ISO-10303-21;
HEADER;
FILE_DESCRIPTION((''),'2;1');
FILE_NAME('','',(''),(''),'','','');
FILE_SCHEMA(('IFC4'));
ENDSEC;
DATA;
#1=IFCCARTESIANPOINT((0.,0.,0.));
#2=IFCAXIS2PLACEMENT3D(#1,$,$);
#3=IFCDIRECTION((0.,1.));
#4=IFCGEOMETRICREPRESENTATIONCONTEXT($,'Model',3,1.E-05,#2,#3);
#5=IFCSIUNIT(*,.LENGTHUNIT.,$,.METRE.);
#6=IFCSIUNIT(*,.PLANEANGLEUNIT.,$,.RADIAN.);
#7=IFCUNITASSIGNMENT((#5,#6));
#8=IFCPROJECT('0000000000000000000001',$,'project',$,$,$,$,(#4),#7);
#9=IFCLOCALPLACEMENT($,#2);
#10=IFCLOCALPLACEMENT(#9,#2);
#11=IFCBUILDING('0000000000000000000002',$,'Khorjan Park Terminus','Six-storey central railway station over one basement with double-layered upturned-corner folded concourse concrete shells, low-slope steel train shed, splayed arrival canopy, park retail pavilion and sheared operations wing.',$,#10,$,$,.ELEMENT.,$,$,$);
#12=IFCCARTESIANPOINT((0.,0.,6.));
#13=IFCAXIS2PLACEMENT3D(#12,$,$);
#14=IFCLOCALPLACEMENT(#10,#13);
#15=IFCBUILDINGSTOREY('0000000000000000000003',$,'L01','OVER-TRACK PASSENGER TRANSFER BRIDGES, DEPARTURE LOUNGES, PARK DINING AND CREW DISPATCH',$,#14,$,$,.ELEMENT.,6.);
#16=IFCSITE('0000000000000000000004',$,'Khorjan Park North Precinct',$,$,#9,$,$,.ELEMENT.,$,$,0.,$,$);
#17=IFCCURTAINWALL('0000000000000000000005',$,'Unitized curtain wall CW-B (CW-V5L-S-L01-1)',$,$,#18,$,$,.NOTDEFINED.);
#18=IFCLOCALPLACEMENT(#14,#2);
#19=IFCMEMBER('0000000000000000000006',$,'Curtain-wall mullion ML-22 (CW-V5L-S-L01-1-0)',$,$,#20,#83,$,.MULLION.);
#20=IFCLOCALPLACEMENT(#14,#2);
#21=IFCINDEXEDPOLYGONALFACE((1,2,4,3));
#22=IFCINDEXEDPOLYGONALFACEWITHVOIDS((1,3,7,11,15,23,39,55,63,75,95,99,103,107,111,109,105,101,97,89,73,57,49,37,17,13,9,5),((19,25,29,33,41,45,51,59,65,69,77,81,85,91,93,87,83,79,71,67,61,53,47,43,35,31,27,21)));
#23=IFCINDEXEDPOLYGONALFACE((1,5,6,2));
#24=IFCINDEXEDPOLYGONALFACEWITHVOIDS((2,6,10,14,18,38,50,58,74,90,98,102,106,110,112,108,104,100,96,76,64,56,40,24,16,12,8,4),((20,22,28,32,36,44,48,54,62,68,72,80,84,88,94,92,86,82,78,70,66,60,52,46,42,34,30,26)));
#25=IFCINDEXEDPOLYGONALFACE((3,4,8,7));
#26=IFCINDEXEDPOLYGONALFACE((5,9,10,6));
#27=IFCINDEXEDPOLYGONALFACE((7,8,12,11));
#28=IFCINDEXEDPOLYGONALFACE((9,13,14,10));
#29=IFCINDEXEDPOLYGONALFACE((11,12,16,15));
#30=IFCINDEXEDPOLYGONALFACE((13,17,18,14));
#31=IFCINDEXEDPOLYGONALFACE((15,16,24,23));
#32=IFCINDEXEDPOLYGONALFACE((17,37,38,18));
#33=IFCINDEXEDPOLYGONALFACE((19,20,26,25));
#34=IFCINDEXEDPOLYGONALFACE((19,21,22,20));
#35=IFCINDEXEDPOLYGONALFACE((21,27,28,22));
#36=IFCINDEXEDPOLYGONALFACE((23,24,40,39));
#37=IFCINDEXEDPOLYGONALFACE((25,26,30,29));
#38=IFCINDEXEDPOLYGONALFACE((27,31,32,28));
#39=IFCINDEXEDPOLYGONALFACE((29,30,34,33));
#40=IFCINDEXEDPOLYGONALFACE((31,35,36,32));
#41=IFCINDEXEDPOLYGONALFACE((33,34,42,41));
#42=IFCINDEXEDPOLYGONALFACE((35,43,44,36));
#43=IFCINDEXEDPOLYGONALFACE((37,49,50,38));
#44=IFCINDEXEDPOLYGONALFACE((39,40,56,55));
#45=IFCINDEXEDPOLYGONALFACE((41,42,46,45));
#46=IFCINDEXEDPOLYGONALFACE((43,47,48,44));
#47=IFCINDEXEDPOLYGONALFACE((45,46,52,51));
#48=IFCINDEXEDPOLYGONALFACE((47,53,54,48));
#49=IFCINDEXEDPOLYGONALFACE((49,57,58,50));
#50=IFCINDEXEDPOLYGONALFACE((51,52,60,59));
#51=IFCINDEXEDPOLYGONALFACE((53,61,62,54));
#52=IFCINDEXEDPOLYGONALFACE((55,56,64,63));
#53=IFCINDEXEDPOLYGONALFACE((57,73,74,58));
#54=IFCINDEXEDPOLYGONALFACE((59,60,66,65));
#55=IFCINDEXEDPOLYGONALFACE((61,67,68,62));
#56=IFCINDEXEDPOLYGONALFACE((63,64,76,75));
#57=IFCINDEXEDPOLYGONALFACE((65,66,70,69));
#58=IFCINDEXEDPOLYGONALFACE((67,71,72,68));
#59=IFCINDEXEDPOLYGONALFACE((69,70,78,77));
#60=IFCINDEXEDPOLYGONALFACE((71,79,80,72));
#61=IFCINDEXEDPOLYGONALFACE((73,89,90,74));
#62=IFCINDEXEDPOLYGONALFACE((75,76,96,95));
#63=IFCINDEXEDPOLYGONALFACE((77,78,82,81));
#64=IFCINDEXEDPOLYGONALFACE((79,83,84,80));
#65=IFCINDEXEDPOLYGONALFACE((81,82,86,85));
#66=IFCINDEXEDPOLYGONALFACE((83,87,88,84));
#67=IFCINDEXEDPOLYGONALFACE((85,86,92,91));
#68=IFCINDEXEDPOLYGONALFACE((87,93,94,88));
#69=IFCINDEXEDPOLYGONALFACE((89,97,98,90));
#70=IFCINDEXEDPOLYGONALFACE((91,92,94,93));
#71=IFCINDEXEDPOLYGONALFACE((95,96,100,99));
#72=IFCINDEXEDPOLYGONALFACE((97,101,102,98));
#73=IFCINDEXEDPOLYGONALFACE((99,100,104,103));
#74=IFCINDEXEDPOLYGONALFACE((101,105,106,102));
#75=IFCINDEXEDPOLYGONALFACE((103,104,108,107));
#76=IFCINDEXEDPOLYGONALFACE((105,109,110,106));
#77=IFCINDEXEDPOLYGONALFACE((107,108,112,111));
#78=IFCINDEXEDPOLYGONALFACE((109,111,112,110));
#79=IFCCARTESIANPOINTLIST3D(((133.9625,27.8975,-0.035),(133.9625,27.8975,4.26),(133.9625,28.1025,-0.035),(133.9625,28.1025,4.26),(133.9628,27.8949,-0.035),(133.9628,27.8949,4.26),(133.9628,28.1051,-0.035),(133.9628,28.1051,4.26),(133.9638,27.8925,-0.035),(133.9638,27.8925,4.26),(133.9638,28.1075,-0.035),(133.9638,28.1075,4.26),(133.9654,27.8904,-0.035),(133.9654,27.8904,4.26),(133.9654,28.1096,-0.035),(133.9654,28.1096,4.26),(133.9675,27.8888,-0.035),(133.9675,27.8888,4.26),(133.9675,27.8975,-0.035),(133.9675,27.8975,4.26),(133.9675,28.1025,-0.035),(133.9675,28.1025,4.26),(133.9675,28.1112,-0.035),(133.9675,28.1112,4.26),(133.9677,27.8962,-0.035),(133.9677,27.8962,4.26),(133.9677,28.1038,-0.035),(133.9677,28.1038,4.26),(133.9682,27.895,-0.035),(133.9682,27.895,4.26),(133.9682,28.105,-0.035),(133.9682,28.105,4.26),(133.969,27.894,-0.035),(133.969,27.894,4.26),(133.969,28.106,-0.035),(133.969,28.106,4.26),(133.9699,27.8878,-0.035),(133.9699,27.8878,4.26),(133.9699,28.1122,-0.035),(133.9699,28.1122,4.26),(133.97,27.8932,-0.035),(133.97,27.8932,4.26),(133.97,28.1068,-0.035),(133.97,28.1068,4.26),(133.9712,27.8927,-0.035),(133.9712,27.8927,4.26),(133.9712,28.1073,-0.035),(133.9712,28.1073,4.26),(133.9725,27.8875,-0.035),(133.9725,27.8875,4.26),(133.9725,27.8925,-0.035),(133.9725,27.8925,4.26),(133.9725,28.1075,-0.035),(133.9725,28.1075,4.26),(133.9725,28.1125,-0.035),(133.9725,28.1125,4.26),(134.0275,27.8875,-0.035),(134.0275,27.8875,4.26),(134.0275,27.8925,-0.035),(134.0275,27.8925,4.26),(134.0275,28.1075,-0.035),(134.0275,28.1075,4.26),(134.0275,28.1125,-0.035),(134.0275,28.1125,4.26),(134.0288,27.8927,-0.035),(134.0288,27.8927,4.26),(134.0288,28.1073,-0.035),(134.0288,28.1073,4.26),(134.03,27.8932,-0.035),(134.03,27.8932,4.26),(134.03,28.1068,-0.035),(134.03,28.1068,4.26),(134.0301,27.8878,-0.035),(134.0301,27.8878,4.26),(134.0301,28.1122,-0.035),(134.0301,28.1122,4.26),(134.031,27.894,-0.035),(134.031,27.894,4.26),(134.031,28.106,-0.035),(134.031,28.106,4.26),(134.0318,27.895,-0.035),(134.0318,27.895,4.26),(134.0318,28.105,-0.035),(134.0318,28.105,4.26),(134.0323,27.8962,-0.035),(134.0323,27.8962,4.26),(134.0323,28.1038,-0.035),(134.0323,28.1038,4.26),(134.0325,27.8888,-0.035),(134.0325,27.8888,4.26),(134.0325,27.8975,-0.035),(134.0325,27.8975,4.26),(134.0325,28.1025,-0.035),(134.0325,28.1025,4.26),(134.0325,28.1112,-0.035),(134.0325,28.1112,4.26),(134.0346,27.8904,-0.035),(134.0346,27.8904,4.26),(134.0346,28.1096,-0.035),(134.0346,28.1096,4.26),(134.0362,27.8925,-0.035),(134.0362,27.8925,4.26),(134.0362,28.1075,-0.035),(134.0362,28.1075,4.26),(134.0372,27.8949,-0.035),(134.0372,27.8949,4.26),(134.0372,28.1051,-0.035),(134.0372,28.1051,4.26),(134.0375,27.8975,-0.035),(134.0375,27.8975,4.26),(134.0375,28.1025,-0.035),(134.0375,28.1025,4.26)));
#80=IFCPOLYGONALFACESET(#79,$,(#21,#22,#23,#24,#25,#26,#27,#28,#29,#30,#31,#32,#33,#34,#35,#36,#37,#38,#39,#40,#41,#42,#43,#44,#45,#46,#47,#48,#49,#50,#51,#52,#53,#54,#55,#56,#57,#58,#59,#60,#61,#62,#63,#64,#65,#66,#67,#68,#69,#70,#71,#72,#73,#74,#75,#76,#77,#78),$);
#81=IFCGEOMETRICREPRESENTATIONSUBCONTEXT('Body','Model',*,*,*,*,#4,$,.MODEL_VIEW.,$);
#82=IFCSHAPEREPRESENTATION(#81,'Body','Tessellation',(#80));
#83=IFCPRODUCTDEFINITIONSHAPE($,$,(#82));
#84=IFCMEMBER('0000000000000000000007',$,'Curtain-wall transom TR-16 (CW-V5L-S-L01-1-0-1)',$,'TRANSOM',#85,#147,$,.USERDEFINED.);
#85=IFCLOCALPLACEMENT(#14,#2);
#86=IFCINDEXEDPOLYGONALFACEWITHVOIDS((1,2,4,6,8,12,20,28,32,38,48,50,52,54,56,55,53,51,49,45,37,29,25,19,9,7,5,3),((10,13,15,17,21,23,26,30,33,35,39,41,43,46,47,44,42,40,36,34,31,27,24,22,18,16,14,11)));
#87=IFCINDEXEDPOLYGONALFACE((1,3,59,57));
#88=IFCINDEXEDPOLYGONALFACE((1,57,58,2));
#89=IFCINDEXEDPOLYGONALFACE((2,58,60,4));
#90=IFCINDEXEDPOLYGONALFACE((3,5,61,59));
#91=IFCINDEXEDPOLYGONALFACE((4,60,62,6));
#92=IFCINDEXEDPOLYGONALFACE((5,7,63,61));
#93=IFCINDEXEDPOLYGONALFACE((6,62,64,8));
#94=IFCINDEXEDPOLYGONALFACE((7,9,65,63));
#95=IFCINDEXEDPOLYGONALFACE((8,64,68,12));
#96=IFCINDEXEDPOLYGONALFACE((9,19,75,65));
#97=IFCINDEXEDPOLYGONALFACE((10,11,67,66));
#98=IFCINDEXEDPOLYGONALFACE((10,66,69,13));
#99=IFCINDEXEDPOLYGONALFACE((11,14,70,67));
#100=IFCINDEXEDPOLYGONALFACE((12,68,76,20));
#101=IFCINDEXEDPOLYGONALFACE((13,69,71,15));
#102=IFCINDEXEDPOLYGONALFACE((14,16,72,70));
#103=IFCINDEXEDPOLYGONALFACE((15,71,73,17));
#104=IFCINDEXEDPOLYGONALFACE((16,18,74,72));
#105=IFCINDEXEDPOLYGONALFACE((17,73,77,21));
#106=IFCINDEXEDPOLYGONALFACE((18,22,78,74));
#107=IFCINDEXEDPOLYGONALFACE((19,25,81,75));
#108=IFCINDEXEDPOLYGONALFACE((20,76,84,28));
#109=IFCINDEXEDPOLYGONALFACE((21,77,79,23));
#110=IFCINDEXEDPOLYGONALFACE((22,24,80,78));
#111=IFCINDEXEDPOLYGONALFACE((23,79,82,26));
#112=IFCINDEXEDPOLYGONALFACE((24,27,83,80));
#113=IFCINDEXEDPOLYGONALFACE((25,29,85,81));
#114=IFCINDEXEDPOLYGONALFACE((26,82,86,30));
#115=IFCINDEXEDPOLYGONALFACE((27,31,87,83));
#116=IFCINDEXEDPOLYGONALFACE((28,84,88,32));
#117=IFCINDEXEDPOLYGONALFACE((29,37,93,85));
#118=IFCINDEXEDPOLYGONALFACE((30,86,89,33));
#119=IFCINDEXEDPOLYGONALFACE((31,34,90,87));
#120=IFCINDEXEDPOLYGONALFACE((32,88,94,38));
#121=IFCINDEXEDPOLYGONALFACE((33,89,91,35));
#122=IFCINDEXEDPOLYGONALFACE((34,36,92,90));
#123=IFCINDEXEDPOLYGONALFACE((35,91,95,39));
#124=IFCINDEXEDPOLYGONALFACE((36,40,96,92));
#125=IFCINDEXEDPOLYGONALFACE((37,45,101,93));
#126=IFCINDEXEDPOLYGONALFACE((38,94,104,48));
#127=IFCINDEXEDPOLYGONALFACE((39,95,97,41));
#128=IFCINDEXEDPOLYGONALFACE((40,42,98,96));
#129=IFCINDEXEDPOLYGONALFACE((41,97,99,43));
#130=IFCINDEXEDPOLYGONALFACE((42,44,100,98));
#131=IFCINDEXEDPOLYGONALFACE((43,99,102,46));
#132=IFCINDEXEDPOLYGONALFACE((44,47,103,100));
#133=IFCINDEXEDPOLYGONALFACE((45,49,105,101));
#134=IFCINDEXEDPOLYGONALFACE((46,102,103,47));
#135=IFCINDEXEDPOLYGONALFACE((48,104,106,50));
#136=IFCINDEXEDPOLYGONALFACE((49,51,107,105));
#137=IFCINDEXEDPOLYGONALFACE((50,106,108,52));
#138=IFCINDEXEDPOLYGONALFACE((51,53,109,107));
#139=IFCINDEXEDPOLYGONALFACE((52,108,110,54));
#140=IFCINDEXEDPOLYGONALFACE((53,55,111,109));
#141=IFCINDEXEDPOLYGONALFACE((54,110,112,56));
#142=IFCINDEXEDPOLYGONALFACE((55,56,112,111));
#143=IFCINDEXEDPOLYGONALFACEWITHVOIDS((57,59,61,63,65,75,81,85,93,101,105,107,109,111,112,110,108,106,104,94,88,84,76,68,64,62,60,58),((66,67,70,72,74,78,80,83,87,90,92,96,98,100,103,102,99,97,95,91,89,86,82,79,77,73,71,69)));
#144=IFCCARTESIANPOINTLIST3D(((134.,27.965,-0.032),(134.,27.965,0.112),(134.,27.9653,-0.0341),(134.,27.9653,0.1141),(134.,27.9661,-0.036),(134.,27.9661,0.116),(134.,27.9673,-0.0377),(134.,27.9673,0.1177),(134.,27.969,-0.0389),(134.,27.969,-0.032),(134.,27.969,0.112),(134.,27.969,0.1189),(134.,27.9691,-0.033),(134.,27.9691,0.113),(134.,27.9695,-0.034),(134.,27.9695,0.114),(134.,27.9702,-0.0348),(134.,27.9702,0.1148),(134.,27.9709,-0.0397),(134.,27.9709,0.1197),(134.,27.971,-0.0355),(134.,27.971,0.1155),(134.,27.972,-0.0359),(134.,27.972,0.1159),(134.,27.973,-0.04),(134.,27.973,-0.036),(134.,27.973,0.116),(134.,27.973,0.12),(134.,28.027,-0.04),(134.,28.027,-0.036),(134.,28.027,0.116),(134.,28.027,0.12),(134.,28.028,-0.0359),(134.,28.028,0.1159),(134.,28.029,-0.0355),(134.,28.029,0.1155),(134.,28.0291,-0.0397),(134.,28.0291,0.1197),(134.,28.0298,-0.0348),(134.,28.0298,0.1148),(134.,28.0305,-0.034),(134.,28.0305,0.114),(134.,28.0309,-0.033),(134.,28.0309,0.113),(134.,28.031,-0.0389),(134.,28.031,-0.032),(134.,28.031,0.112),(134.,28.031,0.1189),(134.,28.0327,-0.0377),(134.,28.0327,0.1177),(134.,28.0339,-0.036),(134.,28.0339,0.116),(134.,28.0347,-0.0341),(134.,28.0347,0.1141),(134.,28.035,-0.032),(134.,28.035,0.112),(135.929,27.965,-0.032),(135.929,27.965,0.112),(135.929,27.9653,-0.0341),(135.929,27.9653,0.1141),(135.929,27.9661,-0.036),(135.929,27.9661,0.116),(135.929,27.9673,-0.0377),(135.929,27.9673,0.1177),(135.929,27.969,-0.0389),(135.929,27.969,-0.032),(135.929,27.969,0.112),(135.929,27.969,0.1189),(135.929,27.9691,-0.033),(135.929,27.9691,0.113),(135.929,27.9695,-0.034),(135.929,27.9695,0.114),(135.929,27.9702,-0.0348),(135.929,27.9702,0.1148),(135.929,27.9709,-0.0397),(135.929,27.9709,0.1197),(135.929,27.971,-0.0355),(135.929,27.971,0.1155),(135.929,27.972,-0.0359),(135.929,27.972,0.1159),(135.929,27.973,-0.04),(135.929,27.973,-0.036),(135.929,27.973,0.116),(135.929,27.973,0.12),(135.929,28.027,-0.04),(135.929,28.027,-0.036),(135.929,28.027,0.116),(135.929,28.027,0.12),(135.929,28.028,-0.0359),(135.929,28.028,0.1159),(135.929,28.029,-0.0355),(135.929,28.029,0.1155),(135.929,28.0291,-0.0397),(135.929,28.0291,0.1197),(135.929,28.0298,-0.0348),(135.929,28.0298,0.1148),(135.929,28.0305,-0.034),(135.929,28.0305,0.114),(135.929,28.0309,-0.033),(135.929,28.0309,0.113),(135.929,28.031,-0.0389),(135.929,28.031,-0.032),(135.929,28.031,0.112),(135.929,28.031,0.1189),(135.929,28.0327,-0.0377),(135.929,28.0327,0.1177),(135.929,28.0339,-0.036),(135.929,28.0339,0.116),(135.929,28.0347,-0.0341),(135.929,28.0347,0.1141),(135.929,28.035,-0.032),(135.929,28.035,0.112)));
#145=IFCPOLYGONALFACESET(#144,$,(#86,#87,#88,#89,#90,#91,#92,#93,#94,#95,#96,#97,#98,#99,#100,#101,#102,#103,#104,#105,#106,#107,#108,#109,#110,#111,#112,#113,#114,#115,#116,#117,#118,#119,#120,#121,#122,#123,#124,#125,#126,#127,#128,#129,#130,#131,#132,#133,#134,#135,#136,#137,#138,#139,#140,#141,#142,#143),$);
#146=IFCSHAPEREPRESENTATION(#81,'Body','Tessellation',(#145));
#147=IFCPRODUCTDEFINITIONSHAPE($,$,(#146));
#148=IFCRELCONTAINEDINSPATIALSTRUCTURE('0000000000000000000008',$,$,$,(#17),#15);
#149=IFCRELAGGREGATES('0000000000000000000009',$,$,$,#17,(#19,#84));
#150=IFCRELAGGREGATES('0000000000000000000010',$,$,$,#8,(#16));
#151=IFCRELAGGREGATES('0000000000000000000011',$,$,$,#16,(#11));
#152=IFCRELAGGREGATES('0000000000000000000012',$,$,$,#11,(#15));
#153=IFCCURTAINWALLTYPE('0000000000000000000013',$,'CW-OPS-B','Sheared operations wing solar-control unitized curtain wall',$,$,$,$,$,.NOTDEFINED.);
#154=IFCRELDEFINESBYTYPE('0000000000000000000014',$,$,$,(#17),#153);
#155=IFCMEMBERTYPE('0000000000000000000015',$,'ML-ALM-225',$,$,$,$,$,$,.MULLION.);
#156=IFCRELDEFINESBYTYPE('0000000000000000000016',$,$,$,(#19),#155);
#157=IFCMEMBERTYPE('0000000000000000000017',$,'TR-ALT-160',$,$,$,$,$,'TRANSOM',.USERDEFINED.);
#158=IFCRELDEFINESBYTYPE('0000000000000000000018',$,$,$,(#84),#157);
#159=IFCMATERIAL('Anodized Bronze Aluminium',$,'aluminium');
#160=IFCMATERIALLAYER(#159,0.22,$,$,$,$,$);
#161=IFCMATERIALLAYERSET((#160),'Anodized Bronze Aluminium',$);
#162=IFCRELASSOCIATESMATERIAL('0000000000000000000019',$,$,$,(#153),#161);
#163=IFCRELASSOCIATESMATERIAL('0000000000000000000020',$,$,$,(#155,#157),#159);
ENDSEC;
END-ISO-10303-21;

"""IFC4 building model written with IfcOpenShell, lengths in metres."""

from ifc_helpers import new_model, si_unit, direction, frame, origin, origin_2d, place, context, subcontext, project, spatial, hollow_rectangle, extrude, material, layer, layer_set, material_profile, profile_set, type_object, element, aggregate, save


model = new_model("IFC4")

# Units and contexts
model_context = context("Model", 3, precision=1e-05, world=origin(), true_north=direction((0.0, 1.0)))
body_context = subcontext(model_context, "Body", "Model", "MODEL_VIEW")
ifc_project = project(units=[si_unit("LENGTHUNIT", "METRE"), si_unit("PLANEANGLEUNIT", "RADIAN")], contexts=[model_context])

# Site, building, storey
site_placement = place(None, origin())
site = spatial("IfcSite", under=ifc_project, at=site_placement, Name="Khorjan Park North Precinct", CompositionType="ELEMENT", RefElevation=0.0)
building_placement = place(site_placement, origin())
building = spatial("IfcBuilding", under=site, at=building_placement, Name="Khorjan Park Terminus", Description="Six-storey central railway station over one basement with double-layered upturned-corner folded concourse concrete shells, low-slope steel train shed, splayed arrival canopy, park retail pavilion and sheared operations wing.", CompositionType="ELEMENT")
storey_placement = place(building_placement, frame((0.0, 0.0, 6.0)))
storey = spatial("IfcBuildingStorey", under=building, at=storey_placement, Name="L01", Description="OVER-TRACK PASSENGER TRANSFER BRIDGES, DEPARTURE LOUNGES, PARK DINING AND CREW DISPATCH", CompositionType="ELEMENT", Elevation=6.0)

# Curtain wall, members
ifc_material_1 = material(Name="Anodized Bronze Aluminium", Category="aluminium")
ifc_layer_1 = layer(ifc_material_1, 0.22)
ifc_layer_set_1 = layer_set([ifc_layer_1], Name="Anodized Bronze Aluminium")
curtain_wall_type = type_object("IfcCurtainWallType", Name="CW-OPS-B", Description="Sheared operations wing solar-control unitized curtain wall", PredefinedType="NOTDEFINED", material=ifc_layer_set_1)
curtain_wall_placement = place(storey_placement, origin())
curtain_wall = element("IfcCurtainWall", 1, at=curtain_wall_placement, inside=storey, type_object=curtain_wall_type, Name="Unitized curtain wall CW-B (CW-V5L-S-L01-1)", PredefinedType="NOTDEFINED")
ifc_material_profile_1 = material_profile(ifc_material_1, hollow_rectangle(XDim=0.075, YDim=0.225, WallThickness=0.005, InnerFilletRadius=0.005, OuterFilletRadius=0.01, at=origin_2d()), Name="ALM 75x225x5")
ifc_profile_set_1 = profile_set([ifc_material_profile_1], Name="Anodized Bronze Aluminium")
member_type_1 = type_object("IfcMemberType", Name="ML-ALM-225", PredefinedType="MULLION", material=ifc_profile_set_1)
member_1_placement = place(storey_placement, frame((134.0, 28.0, -0.035), z_axis=(0.0, 0.0, 1.0), x_axis=(1.0, 0.0, 0.0)))
member_1 = element("IfcMember", 2, at=member_1_placement, type_object=member_type_1, Name="Curtain-wall mullion ML-22 (CW-V5L-S-L01-1-0)", PredefinedType="MULLION", context=body_context, shape_type="SweptSolid", body=[
    extrude(hollow_rectangle(XDim=0.075, YDim=0.225, WallThickness=0.005, InnerFilletRadius=0.005, OuterFilletRadius=0.01, at=origin_2d()), origin(), (0.0, 0.0, 1.0), 4.295),
])
ifc_material_profile_2 = material_profile(ifc_material_1, hollow_rectangle(XDim=0.07, YDim=0.16, WallThickness=0.004, InnerFilletRadius=0.004, OuterFilletRadius=0.008, at=origin_2d()), Name="ALT 70x160x4")
ifc_profile_set_2 = profile_set([ifc_material_profile_2], Name="Anodized Bronze Aluminium")
member_type_2 = type_object("IfcMemberType", Name="TR-ALT-160", ElementType="TRANSOM", PredefinedType="USERDEFINED", material=ifc_profile_set_2)
member_2_placement = place(storey_placement, frame((134.0, 28.0, 0.04), z_axis=(1.0, 0.0, 0.0), x_axis=(0.0, 1.0, 0.0)))
member_2 = element("IfcMember", 3, at=member_2_placement, type_object=member_type_2, Name="Curtain-wall transom TR-16 (CW-V5L-S-L01-1-0-1)", ObjectType="TRANSOM", PredefinedType="USERDEFINED", context=body_context, shape_type="SweptSolid", body=[
    extrude(hollow_rectangle(XDim=0.07, YDim=0.16, WallThickness=0.004, InnerFilletRadius=0.004, OuterFilletRadius=0.008, at=origin_2d()), origin(), (0.0, 0.0, 1.0), 1.929),
])
aggregate(curtain_wall, [member_1, member_2])

save(model, "model.ifc")
